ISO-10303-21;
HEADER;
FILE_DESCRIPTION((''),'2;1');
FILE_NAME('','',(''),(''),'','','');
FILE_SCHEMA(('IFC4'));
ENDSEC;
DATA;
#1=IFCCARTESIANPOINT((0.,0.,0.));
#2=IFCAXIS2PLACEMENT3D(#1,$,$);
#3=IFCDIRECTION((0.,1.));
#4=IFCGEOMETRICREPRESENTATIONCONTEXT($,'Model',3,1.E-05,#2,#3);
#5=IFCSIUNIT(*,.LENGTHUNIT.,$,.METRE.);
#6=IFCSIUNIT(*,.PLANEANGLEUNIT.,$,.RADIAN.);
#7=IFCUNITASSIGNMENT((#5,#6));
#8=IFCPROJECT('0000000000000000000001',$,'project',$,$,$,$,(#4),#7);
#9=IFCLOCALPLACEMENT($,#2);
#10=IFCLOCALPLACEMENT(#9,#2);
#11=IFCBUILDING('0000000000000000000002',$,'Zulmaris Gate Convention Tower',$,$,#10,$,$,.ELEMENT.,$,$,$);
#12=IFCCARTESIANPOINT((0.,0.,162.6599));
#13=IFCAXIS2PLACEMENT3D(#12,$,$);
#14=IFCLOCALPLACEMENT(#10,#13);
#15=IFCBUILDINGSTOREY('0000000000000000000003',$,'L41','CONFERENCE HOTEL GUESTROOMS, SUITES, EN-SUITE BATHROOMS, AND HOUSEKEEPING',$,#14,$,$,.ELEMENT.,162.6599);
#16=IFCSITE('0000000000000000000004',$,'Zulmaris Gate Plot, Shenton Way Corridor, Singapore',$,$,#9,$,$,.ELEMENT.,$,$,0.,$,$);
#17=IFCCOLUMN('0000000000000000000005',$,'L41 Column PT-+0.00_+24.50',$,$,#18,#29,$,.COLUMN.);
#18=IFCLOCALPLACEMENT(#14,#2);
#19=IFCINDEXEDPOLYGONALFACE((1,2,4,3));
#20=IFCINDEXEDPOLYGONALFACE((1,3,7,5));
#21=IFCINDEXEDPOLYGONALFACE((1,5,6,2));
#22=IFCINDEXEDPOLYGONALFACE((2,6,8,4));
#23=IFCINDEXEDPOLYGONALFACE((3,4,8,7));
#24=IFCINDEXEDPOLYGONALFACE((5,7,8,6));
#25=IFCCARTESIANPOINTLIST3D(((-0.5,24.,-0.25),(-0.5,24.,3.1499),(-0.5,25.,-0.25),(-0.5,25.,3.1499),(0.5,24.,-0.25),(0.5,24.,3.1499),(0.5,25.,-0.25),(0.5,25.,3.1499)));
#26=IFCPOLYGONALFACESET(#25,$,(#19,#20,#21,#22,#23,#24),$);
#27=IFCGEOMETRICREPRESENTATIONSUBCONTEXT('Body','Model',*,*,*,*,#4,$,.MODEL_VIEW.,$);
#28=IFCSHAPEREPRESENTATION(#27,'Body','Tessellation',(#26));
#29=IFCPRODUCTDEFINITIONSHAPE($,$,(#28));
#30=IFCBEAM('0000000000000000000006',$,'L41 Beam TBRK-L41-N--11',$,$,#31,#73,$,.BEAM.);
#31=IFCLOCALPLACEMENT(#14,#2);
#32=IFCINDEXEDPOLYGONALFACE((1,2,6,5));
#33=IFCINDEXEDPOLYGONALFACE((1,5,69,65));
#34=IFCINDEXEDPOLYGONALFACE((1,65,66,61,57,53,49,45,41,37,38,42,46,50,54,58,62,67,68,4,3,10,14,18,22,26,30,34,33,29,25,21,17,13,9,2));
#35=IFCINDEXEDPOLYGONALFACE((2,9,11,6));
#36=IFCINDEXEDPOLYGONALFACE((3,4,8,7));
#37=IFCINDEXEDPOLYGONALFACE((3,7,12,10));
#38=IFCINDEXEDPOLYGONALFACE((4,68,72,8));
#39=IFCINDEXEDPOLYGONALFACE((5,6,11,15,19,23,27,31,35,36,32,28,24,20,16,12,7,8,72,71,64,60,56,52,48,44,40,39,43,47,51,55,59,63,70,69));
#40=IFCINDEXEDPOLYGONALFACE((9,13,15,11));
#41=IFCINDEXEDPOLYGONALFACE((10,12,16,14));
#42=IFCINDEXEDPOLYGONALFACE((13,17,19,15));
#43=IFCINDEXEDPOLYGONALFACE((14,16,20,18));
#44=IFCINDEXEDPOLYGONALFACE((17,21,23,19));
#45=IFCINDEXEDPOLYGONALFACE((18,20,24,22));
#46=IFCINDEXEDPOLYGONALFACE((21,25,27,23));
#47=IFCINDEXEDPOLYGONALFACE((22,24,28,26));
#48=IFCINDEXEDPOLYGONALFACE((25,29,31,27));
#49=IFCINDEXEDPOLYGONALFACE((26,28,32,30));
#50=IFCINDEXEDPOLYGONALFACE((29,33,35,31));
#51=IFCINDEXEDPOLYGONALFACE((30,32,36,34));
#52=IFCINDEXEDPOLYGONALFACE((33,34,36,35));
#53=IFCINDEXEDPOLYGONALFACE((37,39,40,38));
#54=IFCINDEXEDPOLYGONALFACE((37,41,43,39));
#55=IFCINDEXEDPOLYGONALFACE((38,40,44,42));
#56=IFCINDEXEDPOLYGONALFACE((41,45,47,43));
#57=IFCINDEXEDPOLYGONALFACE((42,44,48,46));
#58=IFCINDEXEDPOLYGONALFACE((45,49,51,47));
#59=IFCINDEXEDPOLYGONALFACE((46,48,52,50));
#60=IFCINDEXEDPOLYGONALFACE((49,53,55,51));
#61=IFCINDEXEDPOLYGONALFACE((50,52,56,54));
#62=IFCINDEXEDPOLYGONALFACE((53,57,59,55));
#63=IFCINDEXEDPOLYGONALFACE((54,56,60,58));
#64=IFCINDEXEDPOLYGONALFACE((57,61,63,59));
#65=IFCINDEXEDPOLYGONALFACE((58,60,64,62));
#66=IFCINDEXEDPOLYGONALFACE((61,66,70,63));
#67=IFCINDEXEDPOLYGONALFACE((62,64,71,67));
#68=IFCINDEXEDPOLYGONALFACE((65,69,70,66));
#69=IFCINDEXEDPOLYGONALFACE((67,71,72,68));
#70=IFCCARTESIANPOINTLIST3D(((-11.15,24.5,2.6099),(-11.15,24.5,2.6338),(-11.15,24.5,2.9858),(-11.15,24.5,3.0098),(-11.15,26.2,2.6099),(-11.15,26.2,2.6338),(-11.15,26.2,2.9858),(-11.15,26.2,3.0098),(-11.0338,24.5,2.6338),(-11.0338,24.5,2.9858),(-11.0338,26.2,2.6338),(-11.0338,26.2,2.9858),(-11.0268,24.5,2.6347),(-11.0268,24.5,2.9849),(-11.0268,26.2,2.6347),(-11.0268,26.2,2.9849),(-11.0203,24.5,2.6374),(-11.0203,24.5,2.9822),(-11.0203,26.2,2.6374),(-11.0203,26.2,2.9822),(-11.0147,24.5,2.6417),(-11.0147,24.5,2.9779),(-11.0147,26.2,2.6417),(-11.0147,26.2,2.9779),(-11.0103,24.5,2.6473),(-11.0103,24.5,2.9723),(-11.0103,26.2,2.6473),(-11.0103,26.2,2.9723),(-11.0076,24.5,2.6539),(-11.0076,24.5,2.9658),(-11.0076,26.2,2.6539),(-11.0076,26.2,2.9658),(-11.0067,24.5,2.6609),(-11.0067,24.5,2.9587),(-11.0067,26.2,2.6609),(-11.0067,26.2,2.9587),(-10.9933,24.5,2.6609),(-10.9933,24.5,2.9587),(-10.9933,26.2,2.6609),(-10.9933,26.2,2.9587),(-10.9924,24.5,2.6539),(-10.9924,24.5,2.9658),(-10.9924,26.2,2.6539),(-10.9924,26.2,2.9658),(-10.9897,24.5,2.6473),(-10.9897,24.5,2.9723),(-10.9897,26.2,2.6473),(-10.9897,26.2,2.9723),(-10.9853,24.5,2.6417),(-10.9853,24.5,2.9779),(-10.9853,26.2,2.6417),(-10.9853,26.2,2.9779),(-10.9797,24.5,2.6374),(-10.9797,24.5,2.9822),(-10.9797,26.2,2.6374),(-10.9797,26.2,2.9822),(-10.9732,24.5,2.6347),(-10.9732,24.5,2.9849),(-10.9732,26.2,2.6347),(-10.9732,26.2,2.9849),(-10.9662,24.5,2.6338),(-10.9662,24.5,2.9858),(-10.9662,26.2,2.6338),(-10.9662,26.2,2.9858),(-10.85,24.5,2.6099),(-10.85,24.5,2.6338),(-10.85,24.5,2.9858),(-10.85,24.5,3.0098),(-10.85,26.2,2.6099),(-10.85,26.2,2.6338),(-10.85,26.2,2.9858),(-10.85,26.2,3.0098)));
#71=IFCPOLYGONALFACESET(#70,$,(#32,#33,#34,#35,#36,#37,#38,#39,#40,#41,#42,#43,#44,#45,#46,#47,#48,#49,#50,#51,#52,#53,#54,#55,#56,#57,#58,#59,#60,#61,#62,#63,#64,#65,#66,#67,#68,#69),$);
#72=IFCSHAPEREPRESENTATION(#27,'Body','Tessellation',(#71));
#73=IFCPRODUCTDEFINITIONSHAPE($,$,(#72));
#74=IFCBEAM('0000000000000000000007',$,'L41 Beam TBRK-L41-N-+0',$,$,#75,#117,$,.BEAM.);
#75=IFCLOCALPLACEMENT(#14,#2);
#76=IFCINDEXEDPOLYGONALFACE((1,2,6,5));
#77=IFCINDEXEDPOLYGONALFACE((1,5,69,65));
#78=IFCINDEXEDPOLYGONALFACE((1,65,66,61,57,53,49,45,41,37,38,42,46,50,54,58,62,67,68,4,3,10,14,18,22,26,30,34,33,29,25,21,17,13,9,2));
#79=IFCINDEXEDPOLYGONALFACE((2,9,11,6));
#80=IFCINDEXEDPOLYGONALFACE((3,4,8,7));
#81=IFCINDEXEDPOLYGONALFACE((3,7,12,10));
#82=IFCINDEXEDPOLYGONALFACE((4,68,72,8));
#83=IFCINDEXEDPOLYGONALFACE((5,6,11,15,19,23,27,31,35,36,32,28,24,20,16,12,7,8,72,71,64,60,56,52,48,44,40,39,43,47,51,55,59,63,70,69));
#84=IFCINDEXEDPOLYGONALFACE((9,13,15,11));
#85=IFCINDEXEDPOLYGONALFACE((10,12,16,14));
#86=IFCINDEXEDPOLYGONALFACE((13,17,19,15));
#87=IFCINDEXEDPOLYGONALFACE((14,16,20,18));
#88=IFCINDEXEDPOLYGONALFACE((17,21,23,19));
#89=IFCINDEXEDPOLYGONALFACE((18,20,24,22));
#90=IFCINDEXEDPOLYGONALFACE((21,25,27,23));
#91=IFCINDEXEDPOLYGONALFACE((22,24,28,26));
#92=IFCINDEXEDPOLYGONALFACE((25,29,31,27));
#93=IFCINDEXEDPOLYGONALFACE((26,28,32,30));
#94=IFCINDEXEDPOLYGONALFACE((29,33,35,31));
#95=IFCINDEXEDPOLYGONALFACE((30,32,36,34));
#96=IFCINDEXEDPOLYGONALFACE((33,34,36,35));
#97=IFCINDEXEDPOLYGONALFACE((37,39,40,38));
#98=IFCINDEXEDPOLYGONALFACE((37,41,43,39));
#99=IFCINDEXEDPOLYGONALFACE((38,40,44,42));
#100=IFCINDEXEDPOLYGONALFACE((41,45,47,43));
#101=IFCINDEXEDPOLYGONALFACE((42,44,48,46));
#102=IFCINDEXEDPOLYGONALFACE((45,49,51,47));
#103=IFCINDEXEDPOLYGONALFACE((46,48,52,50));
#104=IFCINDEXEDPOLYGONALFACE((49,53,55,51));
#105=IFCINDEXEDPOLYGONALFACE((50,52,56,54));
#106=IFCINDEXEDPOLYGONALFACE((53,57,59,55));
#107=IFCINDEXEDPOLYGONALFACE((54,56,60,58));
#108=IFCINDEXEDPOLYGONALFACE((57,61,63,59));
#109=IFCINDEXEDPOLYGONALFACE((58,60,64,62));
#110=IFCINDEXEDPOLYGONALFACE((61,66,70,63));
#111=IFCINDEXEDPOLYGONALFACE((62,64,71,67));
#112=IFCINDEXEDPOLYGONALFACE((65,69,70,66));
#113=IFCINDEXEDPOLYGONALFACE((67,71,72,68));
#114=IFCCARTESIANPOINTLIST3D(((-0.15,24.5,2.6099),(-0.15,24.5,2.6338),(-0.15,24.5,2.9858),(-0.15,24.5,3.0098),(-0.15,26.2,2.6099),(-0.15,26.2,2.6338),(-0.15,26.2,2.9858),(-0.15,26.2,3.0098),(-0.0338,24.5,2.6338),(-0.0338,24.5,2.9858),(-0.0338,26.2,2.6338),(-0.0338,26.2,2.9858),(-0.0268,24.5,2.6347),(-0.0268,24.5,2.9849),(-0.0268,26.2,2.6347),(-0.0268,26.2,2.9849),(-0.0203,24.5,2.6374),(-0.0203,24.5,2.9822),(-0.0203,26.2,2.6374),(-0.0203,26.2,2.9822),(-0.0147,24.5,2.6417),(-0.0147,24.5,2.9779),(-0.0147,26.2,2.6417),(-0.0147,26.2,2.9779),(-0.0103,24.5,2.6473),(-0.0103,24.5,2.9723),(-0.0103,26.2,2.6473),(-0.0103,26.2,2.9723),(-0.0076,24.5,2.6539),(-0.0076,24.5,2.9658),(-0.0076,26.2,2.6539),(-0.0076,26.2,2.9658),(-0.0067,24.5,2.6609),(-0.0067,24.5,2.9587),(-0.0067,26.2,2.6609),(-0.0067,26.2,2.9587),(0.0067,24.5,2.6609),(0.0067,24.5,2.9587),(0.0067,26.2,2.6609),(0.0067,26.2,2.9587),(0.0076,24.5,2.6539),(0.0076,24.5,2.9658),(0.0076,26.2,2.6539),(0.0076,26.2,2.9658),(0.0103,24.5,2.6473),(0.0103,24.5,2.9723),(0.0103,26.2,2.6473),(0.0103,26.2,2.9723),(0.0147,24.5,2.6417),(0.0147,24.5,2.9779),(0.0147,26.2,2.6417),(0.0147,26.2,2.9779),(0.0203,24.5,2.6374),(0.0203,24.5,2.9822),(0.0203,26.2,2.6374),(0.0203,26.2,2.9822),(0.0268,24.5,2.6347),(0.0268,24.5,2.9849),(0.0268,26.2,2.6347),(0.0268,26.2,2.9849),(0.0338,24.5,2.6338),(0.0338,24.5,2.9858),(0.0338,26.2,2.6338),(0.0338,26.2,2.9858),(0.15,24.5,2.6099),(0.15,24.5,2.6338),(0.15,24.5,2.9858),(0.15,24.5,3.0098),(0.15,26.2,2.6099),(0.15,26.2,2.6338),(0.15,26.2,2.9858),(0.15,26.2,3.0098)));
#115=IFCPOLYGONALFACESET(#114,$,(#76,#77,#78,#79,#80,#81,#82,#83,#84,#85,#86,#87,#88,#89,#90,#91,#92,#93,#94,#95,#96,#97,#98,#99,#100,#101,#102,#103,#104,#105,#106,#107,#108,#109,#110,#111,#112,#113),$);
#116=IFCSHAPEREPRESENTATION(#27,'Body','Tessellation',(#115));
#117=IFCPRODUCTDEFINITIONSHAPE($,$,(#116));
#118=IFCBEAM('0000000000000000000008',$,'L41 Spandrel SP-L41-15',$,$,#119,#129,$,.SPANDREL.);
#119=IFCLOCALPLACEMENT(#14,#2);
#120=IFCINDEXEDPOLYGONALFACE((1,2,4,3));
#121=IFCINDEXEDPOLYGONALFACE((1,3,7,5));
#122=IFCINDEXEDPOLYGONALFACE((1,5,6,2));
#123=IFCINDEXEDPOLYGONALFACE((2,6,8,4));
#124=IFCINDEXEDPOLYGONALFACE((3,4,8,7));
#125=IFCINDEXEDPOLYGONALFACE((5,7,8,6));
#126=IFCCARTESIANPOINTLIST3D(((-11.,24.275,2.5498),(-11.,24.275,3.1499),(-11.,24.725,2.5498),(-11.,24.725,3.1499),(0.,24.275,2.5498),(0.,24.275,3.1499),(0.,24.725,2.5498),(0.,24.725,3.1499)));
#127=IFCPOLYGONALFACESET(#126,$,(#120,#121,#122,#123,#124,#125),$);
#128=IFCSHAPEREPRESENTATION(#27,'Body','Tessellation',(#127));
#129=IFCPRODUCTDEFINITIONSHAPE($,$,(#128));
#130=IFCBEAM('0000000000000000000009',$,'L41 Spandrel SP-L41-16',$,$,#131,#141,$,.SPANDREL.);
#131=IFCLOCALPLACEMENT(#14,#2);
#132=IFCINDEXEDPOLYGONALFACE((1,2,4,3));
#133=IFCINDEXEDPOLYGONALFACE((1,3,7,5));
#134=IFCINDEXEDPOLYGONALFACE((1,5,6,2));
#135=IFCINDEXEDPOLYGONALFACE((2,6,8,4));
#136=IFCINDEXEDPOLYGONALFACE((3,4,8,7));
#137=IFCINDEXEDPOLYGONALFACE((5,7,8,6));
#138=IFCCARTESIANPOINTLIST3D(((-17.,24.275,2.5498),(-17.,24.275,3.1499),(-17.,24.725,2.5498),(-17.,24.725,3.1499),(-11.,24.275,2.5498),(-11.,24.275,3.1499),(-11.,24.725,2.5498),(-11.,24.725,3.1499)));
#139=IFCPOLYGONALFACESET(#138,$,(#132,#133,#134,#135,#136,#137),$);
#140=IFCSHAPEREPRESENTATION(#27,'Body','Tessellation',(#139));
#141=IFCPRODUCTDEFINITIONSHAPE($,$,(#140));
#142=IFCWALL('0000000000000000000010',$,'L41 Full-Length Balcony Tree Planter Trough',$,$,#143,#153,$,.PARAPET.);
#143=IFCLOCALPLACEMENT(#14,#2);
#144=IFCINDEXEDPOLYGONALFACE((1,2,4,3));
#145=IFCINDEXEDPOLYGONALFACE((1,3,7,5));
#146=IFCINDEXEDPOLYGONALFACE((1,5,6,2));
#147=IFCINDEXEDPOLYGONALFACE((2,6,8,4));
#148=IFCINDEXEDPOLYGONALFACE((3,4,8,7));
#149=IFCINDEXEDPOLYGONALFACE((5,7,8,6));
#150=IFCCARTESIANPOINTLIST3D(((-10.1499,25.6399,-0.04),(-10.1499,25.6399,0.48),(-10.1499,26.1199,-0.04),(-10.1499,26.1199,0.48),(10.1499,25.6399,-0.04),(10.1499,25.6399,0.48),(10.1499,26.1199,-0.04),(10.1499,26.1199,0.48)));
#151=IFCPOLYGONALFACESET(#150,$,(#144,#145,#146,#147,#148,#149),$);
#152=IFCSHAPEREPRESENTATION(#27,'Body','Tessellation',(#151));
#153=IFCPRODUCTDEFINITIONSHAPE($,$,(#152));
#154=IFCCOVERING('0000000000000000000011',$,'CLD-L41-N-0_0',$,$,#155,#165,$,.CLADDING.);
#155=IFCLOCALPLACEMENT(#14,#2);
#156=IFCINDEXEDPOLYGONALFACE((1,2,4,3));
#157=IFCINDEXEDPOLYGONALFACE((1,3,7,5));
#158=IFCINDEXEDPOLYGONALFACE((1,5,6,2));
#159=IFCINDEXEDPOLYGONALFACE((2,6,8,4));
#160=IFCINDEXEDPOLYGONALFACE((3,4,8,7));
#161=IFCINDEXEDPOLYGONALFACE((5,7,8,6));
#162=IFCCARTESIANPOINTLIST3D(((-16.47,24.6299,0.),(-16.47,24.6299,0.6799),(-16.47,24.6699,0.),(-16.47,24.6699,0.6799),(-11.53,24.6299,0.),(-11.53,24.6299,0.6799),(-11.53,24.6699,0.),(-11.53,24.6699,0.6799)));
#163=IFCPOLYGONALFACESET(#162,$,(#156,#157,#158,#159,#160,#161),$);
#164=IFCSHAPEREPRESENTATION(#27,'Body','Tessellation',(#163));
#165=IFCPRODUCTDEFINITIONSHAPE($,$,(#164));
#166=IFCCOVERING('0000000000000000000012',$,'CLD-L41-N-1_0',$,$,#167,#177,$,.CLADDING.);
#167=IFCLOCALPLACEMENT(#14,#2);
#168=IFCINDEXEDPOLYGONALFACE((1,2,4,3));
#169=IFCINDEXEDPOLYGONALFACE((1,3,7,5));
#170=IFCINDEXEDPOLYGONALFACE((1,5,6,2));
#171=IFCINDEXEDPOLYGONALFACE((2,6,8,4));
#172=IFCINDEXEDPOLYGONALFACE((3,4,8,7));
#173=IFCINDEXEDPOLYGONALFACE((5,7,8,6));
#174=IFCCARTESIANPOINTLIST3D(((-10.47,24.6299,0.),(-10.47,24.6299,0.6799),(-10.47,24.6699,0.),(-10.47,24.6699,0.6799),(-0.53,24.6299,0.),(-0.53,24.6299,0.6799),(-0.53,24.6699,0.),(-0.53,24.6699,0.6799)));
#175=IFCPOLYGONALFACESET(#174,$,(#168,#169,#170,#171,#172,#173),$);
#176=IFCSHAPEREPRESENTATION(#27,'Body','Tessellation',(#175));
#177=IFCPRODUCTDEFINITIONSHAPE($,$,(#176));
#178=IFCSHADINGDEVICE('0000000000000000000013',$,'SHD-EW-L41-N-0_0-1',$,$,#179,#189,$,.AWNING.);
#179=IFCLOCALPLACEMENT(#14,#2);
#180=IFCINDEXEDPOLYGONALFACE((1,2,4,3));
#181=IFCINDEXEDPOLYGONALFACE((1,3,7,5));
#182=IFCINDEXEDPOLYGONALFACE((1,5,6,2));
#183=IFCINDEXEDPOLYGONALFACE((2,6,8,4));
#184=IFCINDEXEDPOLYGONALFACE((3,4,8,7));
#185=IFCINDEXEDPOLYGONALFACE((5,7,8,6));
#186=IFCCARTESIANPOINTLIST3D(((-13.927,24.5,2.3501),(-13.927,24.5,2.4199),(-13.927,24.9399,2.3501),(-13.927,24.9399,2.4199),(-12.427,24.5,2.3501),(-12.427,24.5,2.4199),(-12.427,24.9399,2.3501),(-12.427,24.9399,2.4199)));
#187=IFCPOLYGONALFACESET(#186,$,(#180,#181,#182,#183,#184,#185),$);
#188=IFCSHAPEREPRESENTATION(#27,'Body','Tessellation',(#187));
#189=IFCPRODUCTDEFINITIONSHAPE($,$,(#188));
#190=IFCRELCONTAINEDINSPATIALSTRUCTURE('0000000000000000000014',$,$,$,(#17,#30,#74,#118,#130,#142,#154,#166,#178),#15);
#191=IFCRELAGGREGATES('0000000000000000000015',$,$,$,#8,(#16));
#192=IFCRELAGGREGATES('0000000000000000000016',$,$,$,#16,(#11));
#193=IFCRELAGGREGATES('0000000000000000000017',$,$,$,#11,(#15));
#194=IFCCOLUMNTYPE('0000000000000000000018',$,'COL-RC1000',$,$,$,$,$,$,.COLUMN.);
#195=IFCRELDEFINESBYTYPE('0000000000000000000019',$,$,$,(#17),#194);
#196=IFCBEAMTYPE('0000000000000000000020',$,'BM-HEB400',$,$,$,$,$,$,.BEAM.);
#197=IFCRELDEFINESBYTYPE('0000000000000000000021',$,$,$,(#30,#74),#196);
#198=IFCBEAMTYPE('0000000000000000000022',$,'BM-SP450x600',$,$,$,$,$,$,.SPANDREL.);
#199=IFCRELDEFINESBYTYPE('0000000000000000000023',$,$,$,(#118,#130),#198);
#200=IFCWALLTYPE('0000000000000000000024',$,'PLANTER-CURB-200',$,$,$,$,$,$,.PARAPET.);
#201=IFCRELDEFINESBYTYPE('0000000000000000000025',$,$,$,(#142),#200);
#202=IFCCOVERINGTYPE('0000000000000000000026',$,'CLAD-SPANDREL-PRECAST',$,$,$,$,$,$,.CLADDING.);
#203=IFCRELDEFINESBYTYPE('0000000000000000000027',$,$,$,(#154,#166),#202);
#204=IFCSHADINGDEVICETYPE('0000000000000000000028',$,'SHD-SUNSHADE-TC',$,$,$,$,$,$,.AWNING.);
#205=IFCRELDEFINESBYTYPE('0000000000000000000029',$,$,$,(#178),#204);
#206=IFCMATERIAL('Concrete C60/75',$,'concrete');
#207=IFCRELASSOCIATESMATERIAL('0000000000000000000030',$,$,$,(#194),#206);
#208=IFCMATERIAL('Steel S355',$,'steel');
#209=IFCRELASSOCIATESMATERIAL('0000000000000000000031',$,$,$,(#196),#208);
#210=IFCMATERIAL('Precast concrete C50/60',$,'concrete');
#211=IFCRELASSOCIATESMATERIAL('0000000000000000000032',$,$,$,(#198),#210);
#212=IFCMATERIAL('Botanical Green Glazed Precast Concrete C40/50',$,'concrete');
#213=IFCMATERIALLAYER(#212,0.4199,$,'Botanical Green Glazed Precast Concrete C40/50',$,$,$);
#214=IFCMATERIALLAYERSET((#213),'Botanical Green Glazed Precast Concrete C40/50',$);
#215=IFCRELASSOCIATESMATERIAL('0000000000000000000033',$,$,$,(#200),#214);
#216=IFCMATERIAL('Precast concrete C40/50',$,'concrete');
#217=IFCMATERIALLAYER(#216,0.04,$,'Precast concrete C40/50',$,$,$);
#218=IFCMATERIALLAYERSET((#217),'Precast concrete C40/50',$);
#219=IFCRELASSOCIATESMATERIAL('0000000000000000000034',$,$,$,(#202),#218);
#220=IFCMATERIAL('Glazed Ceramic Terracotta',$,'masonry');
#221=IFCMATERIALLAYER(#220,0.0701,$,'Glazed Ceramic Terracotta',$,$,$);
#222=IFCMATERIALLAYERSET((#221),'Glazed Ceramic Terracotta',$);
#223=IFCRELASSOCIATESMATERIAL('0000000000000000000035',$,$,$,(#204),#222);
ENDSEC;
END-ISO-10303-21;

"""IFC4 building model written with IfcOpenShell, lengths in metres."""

from ifc_helpers import new_model, si_unit, direction, frame, frame_2d, origin, origin_2d, place, context, subcontext, project, spatial, rectangle, i_section, extrude, material, layer, layer_set, material_profile, profile_set, type_object, element, save


model = new_model("IFC4")

# Units and contexts
model_context = context("Model", 3, precision=1e-05, world=origin(), true_north=direction((0.0, 1.0)))
body_context = subcontext(model_context, "Body", "Model", "MODEL_VIEW")
ifc_project = project(units=[si_unit("LENGTHUNIT", "METRE"), si_unit("PLANEANGLEUNIT", "RADIAN")], contexts=[model_context])

# Site, building, storey
site_placement = place(None, origin())
site = spatial("IfcSite", under=ifc_project, at=site_placement, Name="Zulmaris Gate Plot, Shenton Way Corridor, Singapore", CompositionType="ELEMENT", RefElevation=0.0)
building_placement = place(site_placement, origin())
building = spatial("IfcBuilding", under=site, at=building_placement, Name="Zulmaris Gate Convention Tower", CompositionType="ELEMENT")
storey_placement = place(building_placement, frame((0.0, 0.0, 162.6599)))
storey = spatial("IfcBuildingStorey", under=building, at=storey_placement, Name="L41", Description="CONFERENCE HOTEL GUESTROOMS, SUITES, EN-SUITE BATHROOMS, AND HOUSEKEEPING", CompositionType="ELEMENT", Elevation=162.6599)

# Column
ifc_material_1 = material(Name="Concrete C60/75", Category="concrete")
ifc_material_profile_1 = material_profile(ifc_material_1, rectangle(XDim=1.0, YDim=1.0, at=origin_2d()), Name="RC COL 1000x1000")
ifc_profile_set_1 = profile_set([ifc_material_profile_1], Name="Concrete C60/75")
column_type = type_object("IfcColumnType", Name="COL-RC1000", PredefinedType="COLUMN", material=ifc_profile_set_1)
column_placement = place(storey_placement, frame((0.0, 24.5, -0.25), z_axis=(0.0, 0.0, 1.0), x_axis=(1.0, 0.0, 0.0)))
element("IfcColumn", 1, at=column_placement, inside=storey, type_object=column_type, Name="L41 Column PT-+0.00_+24.50", PredefinedType="COLUMN", context=body_context, shape_type="SweptSolid", body=[
    extrude(rectangle(XDim=1.0, YDim=1.0, at=origin_2d()), origin(), (0.0, 0.0, 1.0), 3.3999),
])

# Beams
ifc_material_2 = material(Name="Steel S355", Category="steel")
ifc_material_profile_2 = material_profile(ifc_material_2, i_section(OverallWidth=0.3, OverallDepth=0.3999, WebThickness=0.0134, FlangeThickness=0.0239, FilletRadius=0.0271, at=origin_2d()), Name="HEB 400")
ifc_profile_set_2 = profile_set([ifc_material_profile_2], Name="Steel S355")
beam_type_1 = type_object("IfcBeamType", Name="BM-HEB400", PredefinedType="BEAM", material=ifc_profile_set_2)
for number, where, z_axis, x_axis, name in (
    (2, (-11.0, 24.5, 2.8098), (0.0, 1.0, 0.0), (-1.0, 0.0, 0.0), "L41 Beam TBRK-L41-N--11"),
    (3, (0.0, 24.5, 2.8098), (0.0, 1.0, 0.0), (-1.0, 0.0, 0.0), "L41 Beam TBRK-L41-N-+0"),
):
    element("IfcBeam", number, at=place(storey_placement, frame(where, z_axis=z_axis, x_axis=x_axis)), inside=storey, type_object=beam_type_1, Name=name, PredefinedType="BEAM", context=body_context, shape_type="SweptSolid", body=[
        extrude(i_section(OverallWidth=0.3, OverallDepth=0.3999, WebThickness=0.0134, FlangeThickness=0.0239, FilletRadius=0.0271, at=origin_2d()), origin(), (0.0, 0.0, 1.0), 1.7),
    ])
ifc_material_3 = material(Name="Precast concrete C50/60", Category="concrete")
ifc_material_profile_3 = material_profile(ifc_material_3, rectangle(XDim=0.45, YDim=0.6001, at=origin_2d()), Name="RC SPANDREL 450x600")
ifc_profile_set_3 = profile_set([ifc_material_profile_3], Name="Precast concrete C50/60")
beam_type_2 = type_object("IfcBeamType", Name="BM-SP450x600", PredefinedType="SPANDREL", material=ifc_profile_set_3)
beam_1_placement = place(storey_placement, frame((0.0, 24.5, 2.8499), z_axis=(-1.0, 0.0, 0.0), x_axis=(0.0, -1.0, 0.0)))
element("IfcBeam", 4, at=beam_1_placement, inside=storey, type_object=beam_type_2, Name="L41 Spandrel SP-L41-15", PredefinedType="SPANDREL", context=body_context, shape_type="SweptSolid", body=[
    extrude(rectangle(XDim=0.45, YDim=0.6001, at=origin_2d()), origin(), (0.0, 0.0, 1.0), 11.0),
])
beam_2_placement = place(storey_placement, frame((-11.0, 24.5, 2.8499), z_axis=(-1.0, 0.0, 0.0), x_axis=(0.0, -1.0, 0.0)))
element("IfcBeam", 5, at=beam_2_placement, inside=storey, type_object=beam_type_2, Name="L41 Spandrel SP-L41-16", PredefinedType="SPANDREL", context=body_context, shape_type="SweptSolid", body=[
    extrude(rectangle(XDim=0.45, YDim=0.6001, at=origin_2d()), origin(), (0.0, 0.0, 1.0), 6.0),
])

# Wall
ifc_material_4 = material(Name="Botanical Green Glazed Precast Concrete C40/50", Category="concrete")
ifc_layer_1 = layer(ifc_material_4, 0.4199, Name="Botanical Green Glazed Precast Concrete C40/50")
ifc_layer_set_1 = layer_set([ifc_layer_1], Name="Botanical Green Glazed Precast Concrete C40/50")
wall_type_1 = type_object("IfcWallType", Name="PLANTER-CURB-200", PredefinedType="PARAPET", material=ifc_layer_set_1)
wall_1_placement = place(storey_placement, frame((-10.1499, 25.8799, -0.04), z_axis=(0.0, 0.0, 1.0), x_axis=(1.0, 0.0, 0.0)))
element("IfcWall", 6, at=wall_1_placement, inside=storey, type_object=wall_type_1, Name="L41 Full-Length Balcony Tree Planter Trough", PredefinedType="PARAPET", context=body_context, shape_type="SweptSolid", body=[
    extrude(rectangle(XDim=20.2998, YDim=0.48, at=frame_2d((10.1499, 0.0))), origin(), (0.0, 0.0, 1.0), 0.52),
])

# Shared definitions
ifc_material_5 = material(Name="Precast concrete C40/50", Category="concrete")

# Coverings
ifc_layer_2 = layer(ifc_material_5, 0.04, Name="Precast concrete C40/50")
ifc_layer_set_2 = layer_set([ifc_layer_2], Name="Precast concrete C40/50")
covering_type = type_object("IfcCoveringType", Name="CLAD-SPANDREL-PRECAST", PredefinedType="CLADDING", material=ifc_layer_set_2)
covering_1_placement = place(storey_placement, frame((-11.53, 24.6499, 0.0), z_axis=(0.0, 0.0, 1.0), x_axis=(-1.0, 0.0, 0.0)))
element("IfcCovering", 7, at=covering_1_placement, inside=storey, type_object=covering_type, Name="CLD-L41-N-0_0", PredefinedType="CLADDING", context=body_context, shape_type="SweptSolid", body=[
    extrude(rectangle(XDim=4.9399, YDim=0.04, at=frame_2d((2.47, 0.0))), origin(), (0.0, 0.0, 1.0), 0.6799),
])
covering_2_placement = place(storey_placement, frame((-0.53, 24.6499, 0.0), z_axis=(0.0, 0.0, 1.0), x_axis=(-1.0, 0.0, 0.0)))
element("IfcCovering", 8, at=covering_2_placement, inside=storey, type_object=covering_type, Name="CLD-L41-N-1_0", PredefinedType="CLADDING", context=body_context, shape_type="SweptSolid", body=[
    extrude(rectangle(XDim=9.9399, YDim=0.04, at=frame_2d((4.97, 0.0))), origin(), (0.0, 0.0, 1.0), 0.6799),
])

# Shading device
ifc_material_6 = material(Name="Glazed Ceramic Terracotta", Category="masonry")
ifc_layer_3 = layer(ifc_material_6, 0.0701, Name="Glazed Ceramic Terracotta")
ifc_layer_set_3 = layer_set([ifc_layer_3], Name="Glazed Ceramic Terracotta")
shading_device_type = type_object("IfcShadingDeviceType", Name="SHD-SUNSHADE-TC", PredefinedType="AWNING", material=ifc_layer_set_3)
for number, where, z_axis, x_axis, name in (
    (9, (-12.427, 24.72, 2.3501), (0.0, 0.0, 1.0), (-1.0, 0.0, 0.0), "SHD-EW-L41-N-0_0-1"),
):
    element("IfcShadingDevice", number, at=place(storey_placement, frame(where, z_axis=z_axis, x_axis=x_axis)), inside=storey, type_object=shading_device_type, Name=name, PredefinedType="AWNING", context=body_context, shape_type="SweptSolid", body=[
        extrude(rectangle(XDim=1.5, YDim=0.4399, at=frame_2d((0.75, 0.0))), origin(), (0.0, 0.0, 1.0), 0.0698),
    ])

save(model, "model.ifc")
